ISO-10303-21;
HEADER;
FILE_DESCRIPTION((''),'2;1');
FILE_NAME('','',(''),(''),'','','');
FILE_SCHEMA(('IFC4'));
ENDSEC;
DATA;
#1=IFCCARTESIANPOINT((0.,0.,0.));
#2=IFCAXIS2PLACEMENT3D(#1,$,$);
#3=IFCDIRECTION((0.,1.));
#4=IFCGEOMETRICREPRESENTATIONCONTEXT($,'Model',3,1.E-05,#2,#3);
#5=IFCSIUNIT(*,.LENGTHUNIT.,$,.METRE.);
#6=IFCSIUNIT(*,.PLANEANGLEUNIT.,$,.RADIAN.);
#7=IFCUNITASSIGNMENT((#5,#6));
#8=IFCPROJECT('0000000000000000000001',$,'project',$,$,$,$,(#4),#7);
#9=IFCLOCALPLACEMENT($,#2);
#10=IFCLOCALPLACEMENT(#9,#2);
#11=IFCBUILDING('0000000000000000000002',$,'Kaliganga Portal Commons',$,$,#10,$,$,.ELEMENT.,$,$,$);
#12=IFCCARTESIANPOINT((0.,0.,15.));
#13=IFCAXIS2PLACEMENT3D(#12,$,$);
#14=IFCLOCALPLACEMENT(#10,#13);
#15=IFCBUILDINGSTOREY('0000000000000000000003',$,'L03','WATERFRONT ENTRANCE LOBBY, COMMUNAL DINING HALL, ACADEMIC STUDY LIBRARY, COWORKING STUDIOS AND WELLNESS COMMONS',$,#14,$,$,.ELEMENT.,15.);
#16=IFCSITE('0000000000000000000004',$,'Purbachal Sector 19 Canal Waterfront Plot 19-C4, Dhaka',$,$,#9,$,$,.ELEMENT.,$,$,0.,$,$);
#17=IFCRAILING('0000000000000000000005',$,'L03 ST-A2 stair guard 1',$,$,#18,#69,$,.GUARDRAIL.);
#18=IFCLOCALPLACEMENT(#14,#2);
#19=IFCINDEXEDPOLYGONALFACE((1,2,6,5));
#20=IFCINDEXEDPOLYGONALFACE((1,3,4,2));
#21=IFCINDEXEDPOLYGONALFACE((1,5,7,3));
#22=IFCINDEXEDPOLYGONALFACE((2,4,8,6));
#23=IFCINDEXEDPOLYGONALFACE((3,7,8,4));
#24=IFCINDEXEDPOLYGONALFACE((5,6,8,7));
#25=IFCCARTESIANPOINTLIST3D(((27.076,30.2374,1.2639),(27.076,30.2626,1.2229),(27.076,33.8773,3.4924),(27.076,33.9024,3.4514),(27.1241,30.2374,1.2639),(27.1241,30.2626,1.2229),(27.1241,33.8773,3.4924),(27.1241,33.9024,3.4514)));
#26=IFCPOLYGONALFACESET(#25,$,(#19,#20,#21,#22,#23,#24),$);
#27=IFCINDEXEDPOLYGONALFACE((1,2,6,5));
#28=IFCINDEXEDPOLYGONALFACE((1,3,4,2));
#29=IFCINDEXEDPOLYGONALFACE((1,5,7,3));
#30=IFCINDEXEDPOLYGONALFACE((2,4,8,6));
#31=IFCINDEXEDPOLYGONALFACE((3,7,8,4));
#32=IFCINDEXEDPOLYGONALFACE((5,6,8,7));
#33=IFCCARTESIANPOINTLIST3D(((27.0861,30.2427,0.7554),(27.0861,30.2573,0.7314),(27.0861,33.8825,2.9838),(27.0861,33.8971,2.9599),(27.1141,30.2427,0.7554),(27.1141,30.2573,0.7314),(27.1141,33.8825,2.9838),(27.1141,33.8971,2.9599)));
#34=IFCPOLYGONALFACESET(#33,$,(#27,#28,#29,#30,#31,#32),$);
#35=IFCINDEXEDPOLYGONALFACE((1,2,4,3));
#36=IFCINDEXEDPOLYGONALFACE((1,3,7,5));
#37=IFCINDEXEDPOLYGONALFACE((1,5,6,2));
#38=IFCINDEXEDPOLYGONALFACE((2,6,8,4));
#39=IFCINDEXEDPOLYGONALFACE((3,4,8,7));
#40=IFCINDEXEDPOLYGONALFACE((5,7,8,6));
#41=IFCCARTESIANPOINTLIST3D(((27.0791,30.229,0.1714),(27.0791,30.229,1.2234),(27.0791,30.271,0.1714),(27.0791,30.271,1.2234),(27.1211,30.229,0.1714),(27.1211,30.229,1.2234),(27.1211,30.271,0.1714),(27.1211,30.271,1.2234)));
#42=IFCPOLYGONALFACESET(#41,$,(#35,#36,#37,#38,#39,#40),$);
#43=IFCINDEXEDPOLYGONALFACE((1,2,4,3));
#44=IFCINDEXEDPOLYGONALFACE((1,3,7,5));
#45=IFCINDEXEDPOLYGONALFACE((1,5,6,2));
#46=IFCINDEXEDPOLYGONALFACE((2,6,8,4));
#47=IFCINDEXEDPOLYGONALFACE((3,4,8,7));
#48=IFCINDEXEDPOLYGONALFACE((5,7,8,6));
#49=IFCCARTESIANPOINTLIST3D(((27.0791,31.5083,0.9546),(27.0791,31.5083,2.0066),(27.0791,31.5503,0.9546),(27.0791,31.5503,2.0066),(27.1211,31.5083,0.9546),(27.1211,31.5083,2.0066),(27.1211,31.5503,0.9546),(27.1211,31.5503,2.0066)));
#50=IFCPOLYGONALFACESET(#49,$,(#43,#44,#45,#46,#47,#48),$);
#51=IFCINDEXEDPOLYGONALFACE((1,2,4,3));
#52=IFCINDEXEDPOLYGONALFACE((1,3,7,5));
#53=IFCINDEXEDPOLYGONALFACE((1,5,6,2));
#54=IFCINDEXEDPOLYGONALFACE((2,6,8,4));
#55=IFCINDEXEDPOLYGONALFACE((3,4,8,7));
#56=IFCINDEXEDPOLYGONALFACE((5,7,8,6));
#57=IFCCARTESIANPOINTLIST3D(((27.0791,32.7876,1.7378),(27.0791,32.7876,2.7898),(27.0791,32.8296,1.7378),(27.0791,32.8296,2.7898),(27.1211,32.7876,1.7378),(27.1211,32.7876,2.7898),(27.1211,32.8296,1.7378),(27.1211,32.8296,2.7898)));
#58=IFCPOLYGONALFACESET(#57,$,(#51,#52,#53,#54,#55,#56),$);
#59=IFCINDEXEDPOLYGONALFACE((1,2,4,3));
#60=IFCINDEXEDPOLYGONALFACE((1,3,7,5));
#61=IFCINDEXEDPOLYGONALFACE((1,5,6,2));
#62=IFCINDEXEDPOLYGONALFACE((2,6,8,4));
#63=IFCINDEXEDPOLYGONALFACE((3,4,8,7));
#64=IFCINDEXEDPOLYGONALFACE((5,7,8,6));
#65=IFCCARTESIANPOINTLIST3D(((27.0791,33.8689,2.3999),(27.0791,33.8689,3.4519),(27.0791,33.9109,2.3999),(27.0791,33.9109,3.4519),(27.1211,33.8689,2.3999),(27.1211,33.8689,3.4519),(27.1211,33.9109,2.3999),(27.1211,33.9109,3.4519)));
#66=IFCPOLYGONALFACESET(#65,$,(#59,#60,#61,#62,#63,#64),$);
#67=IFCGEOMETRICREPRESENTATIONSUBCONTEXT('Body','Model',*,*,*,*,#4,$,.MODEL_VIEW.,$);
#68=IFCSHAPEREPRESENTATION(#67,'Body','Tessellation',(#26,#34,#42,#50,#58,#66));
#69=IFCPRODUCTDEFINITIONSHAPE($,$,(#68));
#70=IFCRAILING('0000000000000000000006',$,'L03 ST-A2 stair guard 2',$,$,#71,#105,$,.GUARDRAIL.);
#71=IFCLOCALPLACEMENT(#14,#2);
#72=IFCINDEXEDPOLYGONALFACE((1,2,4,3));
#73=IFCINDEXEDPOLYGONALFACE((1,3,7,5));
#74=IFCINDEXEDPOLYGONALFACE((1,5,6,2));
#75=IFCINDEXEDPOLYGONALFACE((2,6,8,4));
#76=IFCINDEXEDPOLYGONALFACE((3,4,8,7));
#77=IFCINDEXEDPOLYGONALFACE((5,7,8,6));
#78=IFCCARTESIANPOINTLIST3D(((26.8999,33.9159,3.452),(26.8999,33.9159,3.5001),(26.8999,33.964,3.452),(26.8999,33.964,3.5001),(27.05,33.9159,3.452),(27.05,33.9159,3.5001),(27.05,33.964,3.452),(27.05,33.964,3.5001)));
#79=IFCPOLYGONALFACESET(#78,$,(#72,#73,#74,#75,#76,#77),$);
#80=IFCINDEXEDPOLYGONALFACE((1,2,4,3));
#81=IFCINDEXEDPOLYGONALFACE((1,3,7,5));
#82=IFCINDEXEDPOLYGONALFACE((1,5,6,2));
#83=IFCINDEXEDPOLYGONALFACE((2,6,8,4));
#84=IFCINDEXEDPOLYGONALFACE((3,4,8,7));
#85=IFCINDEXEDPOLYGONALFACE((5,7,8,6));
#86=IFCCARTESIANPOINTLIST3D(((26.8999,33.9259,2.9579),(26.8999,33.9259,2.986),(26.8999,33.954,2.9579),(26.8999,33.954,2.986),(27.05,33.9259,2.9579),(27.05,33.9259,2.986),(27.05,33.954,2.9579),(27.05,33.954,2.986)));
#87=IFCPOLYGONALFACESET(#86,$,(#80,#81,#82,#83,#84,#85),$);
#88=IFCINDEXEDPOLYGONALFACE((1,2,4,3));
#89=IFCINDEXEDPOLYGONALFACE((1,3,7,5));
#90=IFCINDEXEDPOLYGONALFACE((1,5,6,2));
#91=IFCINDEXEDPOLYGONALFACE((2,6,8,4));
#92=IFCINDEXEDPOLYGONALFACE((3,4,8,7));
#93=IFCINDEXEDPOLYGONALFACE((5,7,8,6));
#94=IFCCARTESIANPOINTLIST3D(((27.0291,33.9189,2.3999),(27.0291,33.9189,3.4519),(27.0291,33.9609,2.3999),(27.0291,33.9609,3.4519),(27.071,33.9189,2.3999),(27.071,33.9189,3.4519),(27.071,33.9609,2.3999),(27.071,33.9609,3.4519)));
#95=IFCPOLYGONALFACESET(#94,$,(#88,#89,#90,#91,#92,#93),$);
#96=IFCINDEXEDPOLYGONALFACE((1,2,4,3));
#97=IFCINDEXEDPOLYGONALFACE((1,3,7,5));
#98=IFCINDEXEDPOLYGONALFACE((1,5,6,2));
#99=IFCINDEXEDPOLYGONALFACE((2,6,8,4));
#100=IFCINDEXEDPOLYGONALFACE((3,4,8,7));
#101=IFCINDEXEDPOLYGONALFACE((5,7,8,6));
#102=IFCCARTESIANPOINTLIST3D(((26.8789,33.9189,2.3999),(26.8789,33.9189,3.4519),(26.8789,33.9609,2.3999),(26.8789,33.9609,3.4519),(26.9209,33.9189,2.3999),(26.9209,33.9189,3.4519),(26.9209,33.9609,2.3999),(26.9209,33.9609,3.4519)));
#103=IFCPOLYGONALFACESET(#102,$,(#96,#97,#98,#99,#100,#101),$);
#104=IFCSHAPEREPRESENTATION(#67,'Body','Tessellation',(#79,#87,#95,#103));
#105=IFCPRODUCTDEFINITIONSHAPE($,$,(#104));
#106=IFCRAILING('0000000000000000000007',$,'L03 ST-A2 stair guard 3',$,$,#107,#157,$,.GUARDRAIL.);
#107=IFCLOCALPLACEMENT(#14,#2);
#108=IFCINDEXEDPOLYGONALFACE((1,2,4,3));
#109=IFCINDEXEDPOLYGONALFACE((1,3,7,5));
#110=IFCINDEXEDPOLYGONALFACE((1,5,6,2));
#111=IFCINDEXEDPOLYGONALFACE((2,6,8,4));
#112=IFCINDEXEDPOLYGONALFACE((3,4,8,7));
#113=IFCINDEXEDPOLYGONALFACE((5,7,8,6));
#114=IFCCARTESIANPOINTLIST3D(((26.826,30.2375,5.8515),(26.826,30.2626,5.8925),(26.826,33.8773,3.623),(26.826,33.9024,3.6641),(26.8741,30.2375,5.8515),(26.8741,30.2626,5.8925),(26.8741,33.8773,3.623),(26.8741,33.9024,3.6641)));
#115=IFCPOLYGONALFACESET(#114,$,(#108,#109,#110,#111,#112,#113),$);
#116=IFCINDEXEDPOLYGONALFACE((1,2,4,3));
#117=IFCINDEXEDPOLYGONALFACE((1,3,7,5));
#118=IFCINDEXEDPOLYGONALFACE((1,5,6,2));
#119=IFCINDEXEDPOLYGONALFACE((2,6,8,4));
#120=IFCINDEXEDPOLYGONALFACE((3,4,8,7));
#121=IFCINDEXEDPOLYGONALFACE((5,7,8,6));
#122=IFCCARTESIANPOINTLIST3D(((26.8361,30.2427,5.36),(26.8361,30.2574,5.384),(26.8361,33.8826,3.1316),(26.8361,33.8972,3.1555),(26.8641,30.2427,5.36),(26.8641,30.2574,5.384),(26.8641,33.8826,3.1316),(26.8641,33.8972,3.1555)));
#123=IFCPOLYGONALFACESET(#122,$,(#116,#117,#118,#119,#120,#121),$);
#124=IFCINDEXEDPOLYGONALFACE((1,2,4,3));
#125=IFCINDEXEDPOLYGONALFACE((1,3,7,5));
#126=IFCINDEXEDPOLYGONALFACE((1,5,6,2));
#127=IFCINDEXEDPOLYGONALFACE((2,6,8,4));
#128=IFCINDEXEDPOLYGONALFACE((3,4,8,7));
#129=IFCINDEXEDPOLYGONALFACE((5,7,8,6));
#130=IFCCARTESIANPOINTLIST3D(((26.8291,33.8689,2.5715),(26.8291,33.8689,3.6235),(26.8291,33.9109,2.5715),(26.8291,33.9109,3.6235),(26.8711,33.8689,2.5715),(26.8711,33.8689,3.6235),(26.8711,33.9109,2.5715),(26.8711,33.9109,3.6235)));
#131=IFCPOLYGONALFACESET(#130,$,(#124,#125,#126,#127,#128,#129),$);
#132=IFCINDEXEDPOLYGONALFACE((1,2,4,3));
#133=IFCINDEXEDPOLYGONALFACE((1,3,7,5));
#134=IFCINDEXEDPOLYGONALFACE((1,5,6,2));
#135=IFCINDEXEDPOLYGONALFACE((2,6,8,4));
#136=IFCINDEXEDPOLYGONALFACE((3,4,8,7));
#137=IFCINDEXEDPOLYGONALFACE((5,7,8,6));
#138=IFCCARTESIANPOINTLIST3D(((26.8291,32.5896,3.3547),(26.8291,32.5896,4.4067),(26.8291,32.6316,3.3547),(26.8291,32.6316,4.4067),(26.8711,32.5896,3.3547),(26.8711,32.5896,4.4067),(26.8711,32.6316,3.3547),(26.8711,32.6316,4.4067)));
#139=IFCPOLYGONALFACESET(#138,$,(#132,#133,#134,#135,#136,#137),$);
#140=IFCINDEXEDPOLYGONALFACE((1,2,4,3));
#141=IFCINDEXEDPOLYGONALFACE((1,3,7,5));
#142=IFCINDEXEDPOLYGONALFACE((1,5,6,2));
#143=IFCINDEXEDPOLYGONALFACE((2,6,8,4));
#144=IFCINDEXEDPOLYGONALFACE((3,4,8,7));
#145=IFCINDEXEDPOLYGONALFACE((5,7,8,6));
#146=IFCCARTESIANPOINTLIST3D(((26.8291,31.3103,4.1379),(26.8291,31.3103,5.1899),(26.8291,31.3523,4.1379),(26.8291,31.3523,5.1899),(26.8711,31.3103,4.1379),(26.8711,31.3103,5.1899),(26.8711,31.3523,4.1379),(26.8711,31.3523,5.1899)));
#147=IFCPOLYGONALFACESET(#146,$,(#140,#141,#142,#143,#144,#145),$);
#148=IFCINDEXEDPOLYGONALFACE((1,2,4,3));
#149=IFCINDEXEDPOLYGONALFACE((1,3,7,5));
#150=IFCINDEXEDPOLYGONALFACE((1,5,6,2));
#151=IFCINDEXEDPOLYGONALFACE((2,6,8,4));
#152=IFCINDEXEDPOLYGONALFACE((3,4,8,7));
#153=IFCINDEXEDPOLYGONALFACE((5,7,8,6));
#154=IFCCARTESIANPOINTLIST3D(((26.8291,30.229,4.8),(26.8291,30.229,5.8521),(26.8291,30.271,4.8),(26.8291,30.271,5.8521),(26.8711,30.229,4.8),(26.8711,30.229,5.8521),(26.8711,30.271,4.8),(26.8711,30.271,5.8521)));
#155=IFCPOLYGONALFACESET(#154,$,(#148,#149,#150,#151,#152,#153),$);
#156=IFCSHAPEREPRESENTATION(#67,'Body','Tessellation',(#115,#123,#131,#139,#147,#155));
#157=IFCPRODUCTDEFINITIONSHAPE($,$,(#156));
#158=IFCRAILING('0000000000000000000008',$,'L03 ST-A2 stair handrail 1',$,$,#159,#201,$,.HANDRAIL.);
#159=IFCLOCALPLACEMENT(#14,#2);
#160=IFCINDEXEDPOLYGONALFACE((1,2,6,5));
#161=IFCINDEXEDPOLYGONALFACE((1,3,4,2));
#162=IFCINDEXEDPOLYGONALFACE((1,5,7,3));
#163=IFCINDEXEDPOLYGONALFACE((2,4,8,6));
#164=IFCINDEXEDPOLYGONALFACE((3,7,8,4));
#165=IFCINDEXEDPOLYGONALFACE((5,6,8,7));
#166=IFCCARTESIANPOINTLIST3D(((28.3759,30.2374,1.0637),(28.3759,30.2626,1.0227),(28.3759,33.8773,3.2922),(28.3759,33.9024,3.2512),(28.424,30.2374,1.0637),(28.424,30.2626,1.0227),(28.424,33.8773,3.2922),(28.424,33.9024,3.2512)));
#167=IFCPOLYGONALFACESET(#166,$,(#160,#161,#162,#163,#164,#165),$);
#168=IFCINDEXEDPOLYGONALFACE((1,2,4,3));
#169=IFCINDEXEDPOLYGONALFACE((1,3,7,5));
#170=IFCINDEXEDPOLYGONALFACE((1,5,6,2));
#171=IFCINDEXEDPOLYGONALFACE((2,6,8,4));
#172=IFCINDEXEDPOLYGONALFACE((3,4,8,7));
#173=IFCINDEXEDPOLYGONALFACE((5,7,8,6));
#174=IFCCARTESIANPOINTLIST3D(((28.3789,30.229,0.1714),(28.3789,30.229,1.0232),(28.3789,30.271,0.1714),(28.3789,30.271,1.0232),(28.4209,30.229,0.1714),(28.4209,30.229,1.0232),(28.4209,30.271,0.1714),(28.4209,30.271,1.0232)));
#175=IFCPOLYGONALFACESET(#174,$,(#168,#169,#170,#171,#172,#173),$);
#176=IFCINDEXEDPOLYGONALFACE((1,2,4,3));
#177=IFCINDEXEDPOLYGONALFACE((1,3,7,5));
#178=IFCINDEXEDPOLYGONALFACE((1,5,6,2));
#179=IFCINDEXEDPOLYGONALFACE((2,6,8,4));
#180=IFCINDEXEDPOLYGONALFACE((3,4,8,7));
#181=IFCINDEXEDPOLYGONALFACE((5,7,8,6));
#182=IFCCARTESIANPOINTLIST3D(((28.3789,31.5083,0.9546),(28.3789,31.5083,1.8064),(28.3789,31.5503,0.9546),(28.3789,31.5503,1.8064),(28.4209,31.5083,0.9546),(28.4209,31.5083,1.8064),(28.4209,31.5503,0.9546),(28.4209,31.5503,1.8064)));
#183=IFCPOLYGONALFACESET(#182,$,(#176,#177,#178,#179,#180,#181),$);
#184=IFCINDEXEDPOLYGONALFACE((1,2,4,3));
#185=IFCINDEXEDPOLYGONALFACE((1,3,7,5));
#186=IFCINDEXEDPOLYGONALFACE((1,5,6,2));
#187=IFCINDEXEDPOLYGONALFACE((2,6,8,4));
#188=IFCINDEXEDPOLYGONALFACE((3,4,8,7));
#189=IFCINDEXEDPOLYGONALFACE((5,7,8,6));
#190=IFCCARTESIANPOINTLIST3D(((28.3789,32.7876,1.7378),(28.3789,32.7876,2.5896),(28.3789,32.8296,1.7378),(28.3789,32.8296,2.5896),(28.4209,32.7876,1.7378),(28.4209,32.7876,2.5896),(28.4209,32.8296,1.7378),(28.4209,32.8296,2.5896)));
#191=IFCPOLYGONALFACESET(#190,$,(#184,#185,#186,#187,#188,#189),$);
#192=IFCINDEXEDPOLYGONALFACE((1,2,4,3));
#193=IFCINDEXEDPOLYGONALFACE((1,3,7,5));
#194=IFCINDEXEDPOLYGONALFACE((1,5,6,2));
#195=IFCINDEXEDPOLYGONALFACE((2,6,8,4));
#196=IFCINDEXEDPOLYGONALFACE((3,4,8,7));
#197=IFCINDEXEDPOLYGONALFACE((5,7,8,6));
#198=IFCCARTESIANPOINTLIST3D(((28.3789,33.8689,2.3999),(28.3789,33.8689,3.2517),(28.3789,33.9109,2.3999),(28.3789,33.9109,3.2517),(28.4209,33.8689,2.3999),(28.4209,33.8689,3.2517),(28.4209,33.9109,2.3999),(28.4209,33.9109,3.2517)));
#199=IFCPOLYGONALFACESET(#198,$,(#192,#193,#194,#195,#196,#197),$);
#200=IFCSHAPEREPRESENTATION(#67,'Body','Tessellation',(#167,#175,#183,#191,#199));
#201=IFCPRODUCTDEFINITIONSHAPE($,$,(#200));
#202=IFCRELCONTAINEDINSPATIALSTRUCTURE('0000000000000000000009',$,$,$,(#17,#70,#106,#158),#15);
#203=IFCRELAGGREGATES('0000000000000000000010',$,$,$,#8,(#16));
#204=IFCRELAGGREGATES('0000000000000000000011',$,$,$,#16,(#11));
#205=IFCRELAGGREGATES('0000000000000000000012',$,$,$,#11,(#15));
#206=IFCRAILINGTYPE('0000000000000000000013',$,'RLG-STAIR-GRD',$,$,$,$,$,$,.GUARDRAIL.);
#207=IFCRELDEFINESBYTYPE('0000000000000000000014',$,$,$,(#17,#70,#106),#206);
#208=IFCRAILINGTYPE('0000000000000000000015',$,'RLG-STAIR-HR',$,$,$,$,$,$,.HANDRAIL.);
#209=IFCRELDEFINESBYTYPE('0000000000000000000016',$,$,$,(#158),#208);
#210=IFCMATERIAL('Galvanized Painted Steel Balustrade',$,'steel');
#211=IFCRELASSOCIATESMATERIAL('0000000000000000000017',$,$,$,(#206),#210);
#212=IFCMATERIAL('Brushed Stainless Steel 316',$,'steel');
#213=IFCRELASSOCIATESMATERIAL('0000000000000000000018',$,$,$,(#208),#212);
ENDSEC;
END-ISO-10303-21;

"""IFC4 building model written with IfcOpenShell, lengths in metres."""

from ifc_helpers import new_model, si_unit, direction, frame, origin, origin_2d, place, context, subcontext, project, spatial, rectangle, extrude, material, type_object, element, save


model = new_model("IFC4")

# Units and contexts
model_context = context("Model", 3, precision=1e-05, world=origin(), true_north=direction((0.0, 1.0)))
body_context = subcontext(model_context, "Body", "Model", "MODEL_VIEW")
ifc_project = project(units=[si_unit("LENGTHUNIT", "METRE"), si_unit("PLANEANGLEUNIT", "RADIAN")], contexts=[model_context])

# Site, building, storey
site_placement = place(None, origin())
site = spatial("IfcSite", under=ifc_project, at=site_placement, Name="Purbachal Sector 19 Canal Waterfront Plot 19-C4, Dhaka", CompositionType="ELEMENT", RefElevation=0.0)
building_placement = place(site_placement, origin())
building = spatial("IfcBuilding", under=site, at=building_placement, Name="Kaliganga Portal Commons", CompositionType="ELEMENT")
storey_placement = place(building_placement, frame((0.0, 0.0, 15.0)))
storey = spatial("IfcBuildingStorey", under=building, at=storey_placement, Name="L03", Description="WATERFRONT ENTRANCE LOBBY, COMMUNAL DINING HALL, ACADEMIC STUDY LIBRARY, COWORKING STUDIOS AND WELLNESS COMMONS", CompositionType="ELEMENT", Elevation=15.0)

# Railings
ifc_material_1 = material(Name="Galvanized Painted Steel Balustrade", Category="steel")
railing_type_1 = type_object("IfcRailingType", Name="RLG-STAIR-GRD", PredefinedType="GUARDRAIL", material=ifc_material_1)
railing_1_placement = place(storey_placement, frame((27.1001, 30.25, 0.1714)))
element("IfcRailing", 1, at=railing_1_placement, inside=storey, type_object=railing_type_1, Name="L03 ST-A2 stair guard 1", PredefinedType="GUARDRAIL", context=body_context, shape_type="SweptSolid", body=[
    extrude(rectangle(XDim=0.0481, YDim=0.0481, at=origin_2d()), frame((0.0, 0.0, 1.072), z_axis=(0.0, 0.85285, 0.522156), x_axis=(-1.0, 0.0, 0.0)), (0.0, 0.0, 1.0), 4.2678),
    extrude(rectangle(XDim=0.0281, YDim=0.0281, at=origin_2d()), frame((0.0, 0.0, 0.572), z_axis=(0.0, 0.85285, 0.522156), x_axis=(-1.0, 0.0, 0.0)), (0.0, 0.0, 1.0), 4.2678),
    extrude(rectangle(XDim=0.042, YDim=0.042, at=origin_2d()), origin(), (0.0, 0.0, 1.0), 1.052),
    extrude(rectangle(XDim=0.042, YDim=0.042, at=origin_2d()), frame((0.0, 1.2793, 0.7832)), (0.0, 0.0, 1.0), 1.052),
    extrude(rectangle(XDim=0.042, YDim=0.042, at=origin_2d()), frame((0.0, 2.5586, 1.5664)), (0.0, 0.0, 1.0), 1.052),
    extrude(rectangle(XDim=0.042, YDim=0.042, at=origin_2d()), frame((0.0, 3.6399, 2.2285)), (0.0, 0.0, 1.0), 1.052),
])
railing_2_placement = place(storey_placement, frame((27.05, 33.9399, 2.3999)))
element("IfcRailing", 2, at=railing_2_placement, inside=storey, type_object=railing_type_1, Name="L03 ST-A2 stair guard 2", PredefinedType="GUARDRAIL", context=body_context, shape_type="SweptSolid", body=[
    extrude(rectangle(XDim=0.0481, YDim=0.0481, at=origin_2d()), frame((0.0, 0.0, 1.0762), z_axis=(-1.0, 0.0, 0.0), x_axis=(0.0, -1.0, 0.0)), (0.0, 0.0, 1.0), 0.1501),
    extrude(rectangle(XDim=0.0281, YDim=0.0281, at=origin_2d()), frame((0.0, 0.0, 0.572), z_axis=(-1.0, 0.0, 0.0), x_axis=(0.0, -1.0, 0.0)), (0.0, 0.0, 1.0), 0.1501),
    extrude(rectangle(XDim=0.042, YDim=0.042, at=origin_2d()), origin(), (0.0, 0.0, 1.0), 1.052),
    extrude(rectangle(XDim=0.042, YDim=0.042, at=origin_2d()), frame((-0.1501, 0.0, 0.0)), (0.0, 0.0, 1.0), 1.052),
])
railing_3_placement = place(storey_placement, frame((26.8501, 33.8899, 2.5715)))
element("IfcRailing", 3, at=railing_3_placement, inside=storey, type_object=railing_type_1, Name="L03 ST-A2 stair guard 3", PredefinedType="GUARDRAIL", context=body_context, shape_type="SweptSolid", body=[
    extrude(rectangle(XDim=0.0481, YDim=0.0481, at=origin_2d()), frame((0.0, 0.0, 1.072), z_axis=(0.0, -0.85285, 0.522156), x_axis=(1.0, 0.0, 0.0)), (0.0, 0.0, 1.0), 4.2678),
    extrude(rectangle(XDim=0.0281, YDim=0.0281, at=origin_2d()), frame((0.0, 0.0, 0.572), z_axis=(0.0, -0.85285, 0.522156), x_axis=(1.0, 0.0, 0.0)), (0.0, 0.0, 1.0), 4.2678),
    extrude(rectangle(XDim=0.042, YDim=0.042, at=origin_2d()), origin(), (0.0, 0.0, 1.0), 1.052),
    extrude(rectangle(XDim=0.042, YDim=0.042, at=origin_2d()), frame((0.0, -1.2793, 0.7832)), (0.0, 0.0, 1.0), 1.052),
    extrude(rectangle(XDim=0.042, YDim=0.042, at=origin_2d()), frame((0.0, -2.5586, 1.5664)), (0.0, 0.0, 1.0), 1.052),
    extrude(rectangle(XDim=0.042, YDim=0.042, at=origin_2d()), frame((0.0, -3.6399, 2.2285)), (0.0, 0.0, 1.0), 1.052),
])
ifc_material_2 = material(Name="Brushed Stainless Steel 316", Category="steel")
railing_type_2 = type_object("IfcRailingType", Name="RLG-STAIR-HR", PredefinedType="HANDRAIL", material=ifc_material_2)
railing_4_placement = place(storey_placement, frame((28.3999, 30.25, 0.1714)))
element("IfcRailing", 4, at=railing_4_placement, inside=storey, type_object=railing_type_2, Name="L03 ST-A2 stair handrail 1", PredefinedType="HANDRAIL", context=body_context, shape_type="SweptSolid", body=[
    extrude(rectangle(XDim=0.0481, YDim=0.0481, at=origin_2d()), frame((0.0, 0.0, 0.8718), z_axis=(0.0, 0.85285, 0.522156), x_axis=(-1.0, 0.0, 0.0)), (0.0, 0.0, 1.0), 4.2678),
    extrude(rectangle(XDim=0.042, YDim=0.042, at=origin_2d()), origin(), (0.0, 0.0, 1.0), 0.8518),
    extrude(rectangle(XDim=0.042, YDim=0.042, at=origin_2d()), frame((0.0, 1.2793, 0.7832)), (0.0, 0.0, 1.0), 0.8518),
    extrude(rectangle(XDim=0.042, YDim=0.042, at=origin_2d()), frame((0.0, 2.5586, 1.5664)), (0.0, 0.0, 1.0), 0.8518),
    extrude(rectangle(XDim=0.042, YDim=0.042, at=origin_2d()), frame((0.0, 3.6399, 2.2285)), (0.0, 0.0, 1.0), 0.8518),
])

save(model, "model.ifc")
